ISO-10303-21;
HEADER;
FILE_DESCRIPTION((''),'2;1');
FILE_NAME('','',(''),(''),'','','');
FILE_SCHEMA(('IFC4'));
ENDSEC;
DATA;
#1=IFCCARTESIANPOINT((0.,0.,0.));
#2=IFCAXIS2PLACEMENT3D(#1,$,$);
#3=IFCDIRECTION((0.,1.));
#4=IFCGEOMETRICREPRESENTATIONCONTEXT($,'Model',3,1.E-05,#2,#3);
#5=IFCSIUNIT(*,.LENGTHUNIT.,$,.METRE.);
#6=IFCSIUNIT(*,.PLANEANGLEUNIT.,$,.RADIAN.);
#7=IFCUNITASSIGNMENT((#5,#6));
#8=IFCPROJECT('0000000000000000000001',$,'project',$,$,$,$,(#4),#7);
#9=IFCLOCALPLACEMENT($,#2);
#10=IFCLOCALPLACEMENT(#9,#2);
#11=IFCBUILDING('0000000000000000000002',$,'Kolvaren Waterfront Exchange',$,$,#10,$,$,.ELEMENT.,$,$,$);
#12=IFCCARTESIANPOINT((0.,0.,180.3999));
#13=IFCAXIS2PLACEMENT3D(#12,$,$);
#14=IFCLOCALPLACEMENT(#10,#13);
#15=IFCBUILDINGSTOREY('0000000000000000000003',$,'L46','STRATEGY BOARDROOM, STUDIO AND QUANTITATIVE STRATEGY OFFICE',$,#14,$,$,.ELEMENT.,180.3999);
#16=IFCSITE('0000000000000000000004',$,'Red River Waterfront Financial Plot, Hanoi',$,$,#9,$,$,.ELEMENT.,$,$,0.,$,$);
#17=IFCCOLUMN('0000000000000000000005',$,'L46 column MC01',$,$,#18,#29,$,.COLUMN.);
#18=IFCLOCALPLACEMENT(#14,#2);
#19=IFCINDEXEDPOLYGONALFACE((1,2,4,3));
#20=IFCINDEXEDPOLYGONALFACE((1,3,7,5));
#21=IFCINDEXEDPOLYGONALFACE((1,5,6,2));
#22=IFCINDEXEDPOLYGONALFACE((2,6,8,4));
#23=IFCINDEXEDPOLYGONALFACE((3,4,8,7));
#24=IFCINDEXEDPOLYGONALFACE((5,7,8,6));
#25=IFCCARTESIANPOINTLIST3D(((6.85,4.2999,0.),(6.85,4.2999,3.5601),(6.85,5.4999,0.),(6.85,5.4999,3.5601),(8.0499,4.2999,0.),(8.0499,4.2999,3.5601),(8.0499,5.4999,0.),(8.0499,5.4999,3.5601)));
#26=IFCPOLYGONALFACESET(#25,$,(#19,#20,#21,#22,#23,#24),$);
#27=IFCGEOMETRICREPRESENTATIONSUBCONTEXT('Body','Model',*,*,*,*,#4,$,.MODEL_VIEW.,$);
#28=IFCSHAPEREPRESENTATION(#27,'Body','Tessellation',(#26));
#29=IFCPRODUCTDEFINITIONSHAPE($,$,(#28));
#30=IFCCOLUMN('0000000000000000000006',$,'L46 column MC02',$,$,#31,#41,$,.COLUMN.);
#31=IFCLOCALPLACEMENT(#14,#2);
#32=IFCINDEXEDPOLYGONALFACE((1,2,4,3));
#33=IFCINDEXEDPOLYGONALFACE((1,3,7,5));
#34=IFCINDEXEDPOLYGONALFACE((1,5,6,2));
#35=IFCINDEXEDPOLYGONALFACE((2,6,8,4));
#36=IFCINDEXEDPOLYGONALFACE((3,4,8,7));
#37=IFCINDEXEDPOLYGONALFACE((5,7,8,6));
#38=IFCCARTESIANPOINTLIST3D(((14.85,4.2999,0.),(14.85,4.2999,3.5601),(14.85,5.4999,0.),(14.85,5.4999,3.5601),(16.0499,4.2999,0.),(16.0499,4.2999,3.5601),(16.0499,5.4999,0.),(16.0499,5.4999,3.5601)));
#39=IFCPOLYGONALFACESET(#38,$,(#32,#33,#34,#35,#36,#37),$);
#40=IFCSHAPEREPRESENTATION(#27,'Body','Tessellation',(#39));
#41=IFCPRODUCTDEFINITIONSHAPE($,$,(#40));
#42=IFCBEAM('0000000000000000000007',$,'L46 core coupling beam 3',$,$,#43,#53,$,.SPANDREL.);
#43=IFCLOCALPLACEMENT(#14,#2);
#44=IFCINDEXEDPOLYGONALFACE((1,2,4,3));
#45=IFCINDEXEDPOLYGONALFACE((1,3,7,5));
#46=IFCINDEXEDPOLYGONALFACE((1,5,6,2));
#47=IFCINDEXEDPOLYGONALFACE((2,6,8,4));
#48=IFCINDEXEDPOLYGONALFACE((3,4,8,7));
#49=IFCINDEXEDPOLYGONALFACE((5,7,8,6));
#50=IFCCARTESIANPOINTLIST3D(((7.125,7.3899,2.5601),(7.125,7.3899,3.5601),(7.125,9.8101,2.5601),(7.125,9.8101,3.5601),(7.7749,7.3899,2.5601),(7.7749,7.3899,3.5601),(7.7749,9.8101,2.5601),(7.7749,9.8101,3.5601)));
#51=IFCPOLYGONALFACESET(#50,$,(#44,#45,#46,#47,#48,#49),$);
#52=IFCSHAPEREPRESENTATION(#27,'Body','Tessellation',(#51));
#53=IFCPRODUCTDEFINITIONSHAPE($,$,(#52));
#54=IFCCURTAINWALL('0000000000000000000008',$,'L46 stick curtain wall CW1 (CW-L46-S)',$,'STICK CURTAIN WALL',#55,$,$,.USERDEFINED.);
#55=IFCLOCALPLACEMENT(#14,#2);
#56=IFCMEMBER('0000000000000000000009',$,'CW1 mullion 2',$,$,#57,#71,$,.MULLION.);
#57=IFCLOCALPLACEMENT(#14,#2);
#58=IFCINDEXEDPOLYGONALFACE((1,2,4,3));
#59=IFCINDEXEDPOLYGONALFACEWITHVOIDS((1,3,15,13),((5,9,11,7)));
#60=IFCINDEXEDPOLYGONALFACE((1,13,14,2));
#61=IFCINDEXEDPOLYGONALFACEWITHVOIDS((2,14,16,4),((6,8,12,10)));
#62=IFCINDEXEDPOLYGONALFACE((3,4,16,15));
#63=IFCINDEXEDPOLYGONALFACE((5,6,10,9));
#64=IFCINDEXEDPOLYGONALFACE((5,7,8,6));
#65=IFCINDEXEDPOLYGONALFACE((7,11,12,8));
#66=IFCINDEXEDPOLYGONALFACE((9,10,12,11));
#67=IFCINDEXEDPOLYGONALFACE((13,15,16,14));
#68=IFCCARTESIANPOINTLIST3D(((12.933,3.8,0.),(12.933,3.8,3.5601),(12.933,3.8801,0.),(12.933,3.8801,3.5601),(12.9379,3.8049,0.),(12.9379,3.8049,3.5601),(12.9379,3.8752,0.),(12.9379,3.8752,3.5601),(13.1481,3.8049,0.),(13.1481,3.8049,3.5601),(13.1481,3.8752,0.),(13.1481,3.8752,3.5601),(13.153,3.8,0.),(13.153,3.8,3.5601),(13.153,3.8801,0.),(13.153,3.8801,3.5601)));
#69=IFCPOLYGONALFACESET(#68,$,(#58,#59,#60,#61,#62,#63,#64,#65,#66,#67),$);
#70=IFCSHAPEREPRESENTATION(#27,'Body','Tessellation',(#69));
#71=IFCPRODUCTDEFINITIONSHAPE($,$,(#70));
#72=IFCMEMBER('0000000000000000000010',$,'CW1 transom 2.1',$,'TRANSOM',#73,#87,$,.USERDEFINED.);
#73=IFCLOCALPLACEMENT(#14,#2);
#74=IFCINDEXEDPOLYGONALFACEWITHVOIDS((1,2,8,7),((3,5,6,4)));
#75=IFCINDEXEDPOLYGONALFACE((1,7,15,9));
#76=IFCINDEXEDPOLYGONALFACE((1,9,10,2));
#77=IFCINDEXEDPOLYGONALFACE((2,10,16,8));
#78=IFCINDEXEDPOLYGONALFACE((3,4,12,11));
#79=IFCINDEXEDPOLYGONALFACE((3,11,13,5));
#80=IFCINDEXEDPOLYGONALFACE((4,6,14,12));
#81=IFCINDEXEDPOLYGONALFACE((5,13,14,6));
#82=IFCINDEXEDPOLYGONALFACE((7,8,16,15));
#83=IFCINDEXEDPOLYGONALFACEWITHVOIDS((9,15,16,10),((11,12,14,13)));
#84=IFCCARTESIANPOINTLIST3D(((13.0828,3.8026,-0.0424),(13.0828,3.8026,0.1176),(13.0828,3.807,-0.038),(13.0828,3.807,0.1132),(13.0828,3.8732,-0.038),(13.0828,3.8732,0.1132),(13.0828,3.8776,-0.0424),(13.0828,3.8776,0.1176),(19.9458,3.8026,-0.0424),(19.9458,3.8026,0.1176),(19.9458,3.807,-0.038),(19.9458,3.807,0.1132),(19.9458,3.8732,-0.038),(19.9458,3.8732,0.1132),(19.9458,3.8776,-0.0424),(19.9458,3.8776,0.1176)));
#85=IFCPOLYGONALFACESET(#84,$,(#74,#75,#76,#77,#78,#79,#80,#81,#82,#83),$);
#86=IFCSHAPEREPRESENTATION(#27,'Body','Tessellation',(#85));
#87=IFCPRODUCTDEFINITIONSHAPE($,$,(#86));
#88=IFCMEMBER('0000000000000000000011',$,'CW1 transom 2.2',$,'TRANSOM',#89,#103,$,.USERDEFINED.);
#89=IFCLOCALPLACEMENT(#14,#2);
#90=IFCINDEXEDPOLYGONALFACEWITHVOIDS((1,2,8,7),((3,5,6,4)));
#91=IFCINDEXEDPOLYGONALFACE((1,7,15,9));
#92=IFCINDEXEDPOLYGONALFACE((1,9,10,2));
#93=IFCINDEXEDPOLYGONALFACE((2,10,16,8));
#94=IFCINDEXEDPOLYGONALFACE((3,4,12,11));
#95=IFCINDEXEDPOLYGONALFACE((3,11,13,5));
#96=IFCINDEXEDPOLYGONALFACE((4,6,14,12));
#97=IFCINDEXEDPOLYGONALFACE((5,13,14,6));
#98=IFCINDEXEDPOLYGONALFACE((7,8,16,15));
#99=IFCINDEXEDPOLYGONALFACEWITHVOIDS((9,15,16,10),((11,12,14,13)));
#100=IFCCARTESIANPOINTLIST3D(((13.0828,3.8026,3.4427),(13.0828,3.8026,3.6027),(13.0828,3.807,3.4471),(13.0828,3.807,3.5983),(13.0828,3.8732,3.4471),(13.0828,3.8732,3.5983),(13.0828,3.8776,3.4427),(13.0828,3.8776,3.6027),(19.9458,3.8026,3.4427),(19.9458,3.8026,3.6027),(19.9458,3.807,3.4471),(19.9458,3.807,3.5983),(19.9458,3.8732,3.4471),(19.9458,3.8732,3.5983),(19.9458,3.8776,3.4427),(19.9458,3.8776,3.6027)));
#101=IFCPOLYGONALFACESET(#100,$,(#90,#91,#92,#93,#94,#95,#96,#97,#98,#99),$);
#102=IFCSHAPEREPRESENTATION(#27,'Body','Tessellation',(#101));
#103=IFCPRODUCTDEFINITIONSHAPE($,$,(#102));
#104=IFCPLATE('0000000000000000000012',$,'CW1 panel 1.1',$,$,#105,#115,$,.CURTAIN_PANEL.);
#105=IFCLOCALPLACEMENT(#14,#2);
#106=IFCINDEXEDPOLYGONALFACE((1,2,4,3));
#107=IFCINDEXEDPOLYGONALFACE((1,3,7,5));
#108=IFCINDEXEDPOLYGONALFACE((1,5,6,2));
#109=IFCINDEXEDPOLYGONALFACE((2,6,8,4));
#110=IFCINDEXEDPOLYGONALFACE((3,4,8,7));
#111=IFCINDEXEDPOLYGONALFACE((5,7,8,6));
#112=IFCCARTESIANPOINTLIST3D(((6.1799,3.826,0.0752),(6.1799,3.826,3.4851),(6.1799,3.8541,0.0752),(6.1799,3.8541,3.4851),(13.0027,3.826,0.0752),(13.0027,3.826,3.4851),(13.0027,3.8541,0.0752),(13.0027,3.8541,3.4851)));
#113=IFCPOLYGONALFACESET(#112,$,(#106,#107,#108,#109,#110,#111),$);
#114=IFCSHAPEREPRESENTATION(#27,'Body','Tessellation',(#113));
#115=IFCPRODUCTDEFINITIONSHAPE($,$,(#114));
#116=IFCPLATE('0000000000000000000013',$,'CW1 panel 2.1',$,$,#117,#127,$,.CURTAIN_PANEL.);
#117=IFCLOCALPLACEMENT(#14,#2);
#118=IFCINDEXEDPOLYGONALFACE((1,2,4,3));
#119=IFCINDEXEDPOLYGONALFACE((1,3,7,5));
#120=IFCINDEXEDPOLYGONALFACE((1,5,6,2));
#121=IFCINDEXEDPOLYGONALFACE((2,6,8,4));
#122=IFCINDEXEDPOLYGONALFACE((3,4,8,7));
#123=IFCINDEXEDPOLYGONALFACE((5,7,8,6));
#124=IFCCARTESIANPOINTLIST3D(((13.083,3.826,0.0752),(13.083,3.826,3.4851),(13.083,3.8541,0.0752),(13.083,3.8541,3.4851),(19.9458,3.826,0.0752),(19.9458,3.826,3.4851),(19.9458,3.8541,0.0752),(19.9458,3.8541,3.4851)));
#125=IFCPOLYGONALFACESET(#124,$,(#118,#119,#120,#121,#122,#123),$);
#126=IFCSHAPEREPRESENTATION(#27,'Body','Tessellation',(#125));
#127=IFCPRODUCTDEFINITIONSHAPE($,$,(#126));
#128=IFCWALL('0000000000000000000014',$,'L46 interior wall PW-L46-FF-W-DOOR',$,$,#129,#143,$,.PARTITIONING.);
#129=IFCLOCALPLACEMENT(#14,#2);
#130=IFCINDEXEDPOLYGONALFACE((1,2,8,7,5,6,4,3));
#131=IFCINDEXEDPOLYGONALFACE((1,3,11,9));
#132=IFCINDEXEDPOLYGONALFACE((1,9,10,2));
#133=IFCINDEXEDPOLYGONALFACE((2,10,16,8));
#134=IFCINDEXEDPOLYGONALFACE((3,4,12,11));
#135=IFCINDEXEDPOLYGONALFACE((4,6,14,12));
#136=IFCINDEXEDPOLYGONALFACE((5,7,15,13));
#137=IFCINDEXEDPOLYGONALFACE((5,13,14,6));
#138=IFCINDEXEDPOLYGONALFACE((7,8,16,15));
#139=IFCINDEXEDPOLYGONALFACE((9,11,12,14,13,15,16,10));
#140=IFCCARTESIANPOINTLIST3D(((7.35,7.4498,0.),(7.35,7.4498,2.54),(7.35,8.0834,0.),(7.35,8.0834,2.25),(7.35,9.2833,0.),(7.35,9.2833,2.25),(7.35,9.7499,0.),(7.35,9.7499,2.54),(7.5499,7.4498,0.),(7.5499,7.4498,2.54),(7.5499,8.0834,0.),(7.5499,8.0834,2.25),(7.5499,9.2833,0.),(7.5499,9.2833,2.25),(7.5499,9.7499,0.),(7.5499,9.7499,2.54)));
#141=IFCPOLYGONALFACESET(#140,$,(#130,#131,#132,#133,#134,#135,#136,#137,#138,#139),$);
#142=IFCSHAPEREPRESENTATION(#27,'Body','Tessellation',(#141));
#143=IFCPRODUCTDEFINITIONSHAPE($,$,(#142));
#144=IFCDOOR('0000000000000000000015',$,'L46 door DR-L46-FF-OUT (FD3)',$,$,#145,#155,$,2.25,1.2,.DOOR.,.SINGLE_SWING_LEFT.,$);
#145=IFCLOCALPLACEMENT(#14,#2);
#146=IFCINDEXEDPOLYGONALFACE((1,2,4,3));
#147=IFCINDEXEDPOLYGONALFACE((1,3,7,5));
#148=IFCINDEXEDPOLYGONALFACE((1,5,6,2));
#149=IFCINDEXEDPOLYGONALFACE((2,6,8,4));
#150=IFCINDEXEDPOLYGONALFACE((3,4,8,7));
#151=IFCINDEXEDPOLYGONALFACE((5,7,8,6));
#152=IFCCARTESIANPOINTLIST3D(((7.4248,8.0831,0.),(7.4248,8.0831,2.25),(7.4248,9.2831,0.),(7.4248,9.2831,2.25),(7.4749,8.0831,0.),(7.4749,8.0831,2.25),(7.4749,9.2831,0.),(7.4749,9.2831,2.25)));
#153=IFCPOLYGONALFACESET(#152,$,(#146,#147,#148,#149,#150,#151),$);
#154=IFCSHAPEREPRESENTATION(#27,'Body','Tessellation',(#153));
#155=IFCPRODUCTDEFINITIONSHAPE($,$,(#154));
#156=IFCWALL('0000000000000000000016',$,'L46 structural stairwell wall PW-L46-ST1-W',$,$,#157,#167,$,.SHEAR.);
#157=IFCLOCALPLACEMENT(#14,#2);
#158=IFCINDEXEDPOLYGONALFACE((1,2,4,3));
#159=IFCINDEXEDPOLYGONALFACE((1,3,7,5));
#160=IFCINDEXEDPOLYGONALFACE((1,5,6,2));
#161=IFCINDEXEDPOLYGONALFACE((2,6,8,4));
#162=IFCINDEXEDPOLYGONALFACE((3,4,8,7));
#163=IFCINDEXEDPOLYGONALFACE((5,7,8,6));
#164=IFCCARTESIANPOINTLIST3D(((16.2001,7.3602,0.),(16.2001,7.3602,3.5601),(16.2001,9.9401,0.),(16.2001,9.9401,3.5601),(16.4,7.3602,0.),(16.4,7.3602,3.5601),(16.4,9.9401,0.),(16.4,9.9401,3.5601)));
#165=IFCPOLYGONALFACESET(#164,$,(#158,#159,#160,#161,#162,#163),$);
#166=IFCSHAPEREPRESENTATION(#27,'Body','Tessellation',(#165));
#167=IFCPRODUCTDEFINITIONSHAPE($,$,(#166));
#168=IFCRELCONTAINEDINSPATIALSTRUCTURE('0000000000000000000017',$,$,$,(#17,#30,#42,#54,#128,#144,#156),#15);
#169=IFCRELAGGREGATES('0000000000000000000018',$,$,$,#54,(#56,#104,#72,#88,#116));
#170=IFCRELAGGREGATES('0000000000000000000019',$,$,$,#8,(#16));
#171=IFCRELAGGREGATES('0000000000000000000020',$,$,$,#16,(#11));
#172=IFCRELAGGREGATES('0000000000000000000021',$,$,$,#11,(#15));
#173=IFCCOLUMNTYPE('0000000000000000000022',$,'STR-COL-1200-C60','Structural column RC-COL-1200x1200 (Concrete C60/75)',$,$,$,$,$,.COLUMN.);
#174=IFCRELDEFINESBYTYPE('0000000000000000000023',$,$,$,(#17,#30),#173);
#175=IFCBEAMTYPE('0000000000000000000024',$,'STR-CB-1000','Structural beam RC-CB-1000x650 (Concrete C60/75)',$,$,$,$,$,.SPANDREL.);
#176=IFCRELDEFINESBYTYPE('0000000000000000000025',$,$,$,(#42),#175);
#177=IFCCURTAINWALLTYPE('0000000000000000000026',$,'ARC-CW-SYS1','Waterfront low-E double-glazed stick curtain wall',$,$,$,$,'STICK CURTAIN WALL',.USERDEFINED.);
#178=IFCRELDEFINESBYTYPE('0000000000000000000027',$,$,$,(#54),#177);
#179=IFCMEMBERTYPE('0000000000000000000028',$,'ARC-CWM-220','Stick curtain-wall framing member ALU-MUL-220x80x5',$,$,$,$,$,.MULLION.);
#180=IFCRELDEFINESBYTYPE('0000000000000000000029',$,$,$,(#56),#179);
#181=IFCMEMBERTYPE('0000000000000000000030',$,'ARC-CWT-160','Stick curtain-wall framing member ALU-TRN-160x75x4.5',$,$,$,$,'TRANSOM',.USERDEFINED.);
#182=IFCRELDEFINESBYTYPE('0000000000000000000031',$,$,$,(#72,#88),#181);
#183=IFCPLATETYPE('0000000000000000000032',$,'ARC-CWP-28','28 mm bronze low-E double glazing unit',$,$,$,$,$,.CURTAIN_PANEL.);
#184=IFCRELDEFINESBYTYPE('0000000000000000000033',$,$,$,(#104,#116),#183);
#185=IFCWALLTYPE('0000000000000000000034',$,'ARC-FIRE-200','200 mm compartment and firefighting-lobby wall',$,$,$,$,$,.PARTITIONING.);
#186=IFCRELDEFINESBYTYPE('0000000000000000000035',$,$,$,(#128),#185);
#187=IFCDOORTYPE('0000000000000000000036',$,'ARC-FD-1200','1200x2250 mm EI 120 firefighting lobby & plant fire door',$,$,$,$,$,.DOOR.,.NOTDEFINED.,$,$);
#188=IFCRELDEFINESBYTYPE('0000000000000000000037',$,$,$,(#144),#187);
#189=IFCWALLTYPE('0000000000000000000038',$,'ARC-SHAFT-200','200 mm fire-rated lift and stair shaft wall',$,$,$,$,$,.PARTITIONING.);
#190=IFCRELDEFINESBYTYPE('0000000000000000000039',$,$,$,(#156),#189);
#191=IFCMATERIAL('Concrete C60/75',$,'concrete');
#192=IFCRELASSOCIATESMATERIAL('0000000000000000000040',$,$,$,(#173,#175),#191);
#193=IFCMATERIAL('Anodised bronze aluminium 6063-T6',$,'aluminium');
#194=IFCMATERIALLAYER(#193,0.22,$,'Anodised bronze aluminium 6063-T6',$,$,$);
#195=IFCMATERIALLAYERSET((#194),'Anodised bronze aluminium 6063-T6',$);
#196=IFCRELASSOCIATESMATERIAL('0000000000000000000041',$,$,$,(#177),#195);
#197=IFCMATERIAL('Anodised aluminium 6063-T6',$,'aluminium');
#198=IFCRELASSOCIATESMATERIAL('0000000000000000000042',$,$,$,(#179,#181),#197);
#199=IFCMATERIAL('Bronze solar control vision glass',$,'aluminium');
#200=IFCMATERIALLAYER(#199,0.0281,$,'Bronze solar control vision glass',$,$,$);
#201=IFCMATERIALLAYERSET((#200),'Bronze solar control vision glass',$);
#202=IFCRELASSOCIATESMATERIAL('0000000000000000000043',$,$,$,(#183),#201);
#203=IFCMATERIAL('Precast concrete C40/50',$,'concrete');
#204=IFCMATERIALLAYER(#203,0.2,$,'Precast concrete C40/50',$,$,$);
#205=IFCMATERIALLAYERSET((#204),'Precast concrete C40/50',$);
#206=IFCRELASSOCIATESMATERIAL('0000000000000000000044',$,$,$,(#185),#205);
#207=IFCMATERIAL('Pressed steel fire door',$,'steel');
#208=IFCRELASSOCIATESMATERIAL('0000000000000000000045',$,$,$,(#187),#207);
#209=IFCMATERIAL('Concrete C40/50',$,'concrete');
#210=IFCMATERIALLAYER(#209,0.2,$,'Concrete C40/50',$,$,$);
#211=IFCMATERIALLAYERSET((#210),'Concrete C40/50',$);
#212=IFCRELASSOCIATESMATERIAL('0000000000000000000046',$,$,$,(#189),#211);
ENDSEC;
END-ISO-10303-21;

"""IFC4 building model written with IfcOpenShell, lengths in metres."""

from ifc_helpers import new_model, si_unit, direction, frame, frame_2d, origin, origin_with_axes, origin_2d, place, context, subcontext, project, spatial, rectangle, hollow_rectangle, extrude, source, transform, mapped, material, layer, layer_set, material_profile, profile_set, type_object, element, fill, aggregate, save


model = new_model("IFC4")

# Units and contexts
model_context = context("Model", 3, precision=1e-05, world=origin(), true_north=direction((0.0, 1.0)))
body_context = subcontext(model_context, "Body", "Model", "MODEL_VIEW")
ifc_project = project(units=[si_unit("LENGTHUNIT", "METRE"), si_unit("PLANEANGLEUNIT", "RADIAN")], contexts=[model_context])

# Site, building, storey
site_placement = place(None, origin())
site = spatial("IfcSite", under=ifc_project, at=site_placement, Name="Red River Waterfront Financial Plot, Hanoi", CompositionType="ELEMENT", RefElevation=0.0)
building_placement = place(site_placement, origin())
building = spatial("IfcBuilding", under=site, at=building_placement, Name="Kolvaren Waterfront Exchange", CompositionType="ELEMENT")
storey_placement = place(building_placement, frame((0.0, 0.0, 180.3999)))
storey = spatial("IfcBuildingStorey", under=building, at=storey_placement, Name="L46", Description="STRATEGY BOARDROOM, STUDIO AND QUANTITATIVE STRATEGY OFFICE", CompositionType="ELEMENT", Elevation=180.3999)

# Columns
ifc_material_1 = material(Name="Concrete C60/75", Category="concrete")
ifc_material_profile_1 = material_profile(ifc_material_1, rectangle(XDim=1.2, YDim=1.2, at=origin_2d()), Name="RC-COL-1200x1200")
ifc_profile_set_1 = profile_set([ifc_material_profile_1], Name="Concrete C60/75")
column_type = type_object("IfcColumnType", Name="STR-COL-1200-C60", Description="Structural column RC-COL-1200x1200 (Concrete C60/75)", PredefinedType="COLUMN", material=ifc_profile_set_1)
for number, where, z_axis, x_axis, name in (
    (1, (7.45, 4.8999, 0.0), (0.0, 0.0, 1.0), (1.0, 0.0, 0.0), "L46 column MC01"),
    (2, (15.45, 4.8999, 0.0), (0.0, 0.0, 1.0), (1.0, 0.0, 0.0), "L46 column MC02"),
):
    element("IfcColumn", number, at=place(storey_placement, frame(where, z_axis=z_axis, x_axis=x_axis)), inside=storey, type_object=column_type, Name=name, PredefinedType="COLUMN", context=body_context, shape_type="SweptSolid", body=[
        extrude(rectangle(XDim=1.2, YDim=1.2, at=origin_2d()), origin(), (0.0, 0.0, 1.0), 3.5601),
    ])

# Beam
ifc_material_profile_2 = material_profile(ifc_material_1, rectangle(XDim=0.6499, YDim=1.0, at=origin_2d()), Name="RC-CB-1000x650")
ifc_profile_set_2 = profile_set([ifc_material_profile_2], Name="Concrete C60/75")
beam_type = type_object("IfcBeamType", Name="STR-CB-1000", Description="Structural beam RC-CB-1000x650 (Concrete C60/75)", PredefinedType="SPANDREL", material=ifc_profile_set_2)
beam_placement = place(storey_placement, frame((7.45, 7.3899, 3.0601), z_axis=(0.0, 1.0, 0.0), x_axis=(-1.0, 0.0, 0.0)))
element("IfcBeam", 3, at=beam_placement, inside=storey, type_object=beam_type, Name="L46 core coupling beam 3", PredefinedType="SPANDREL", context=body_context, shape_type="SweptSolid", body=[
    extrude(rectangle(XDim=0.6499, YDim=1.0, at=origin_2d()), origin(), (0.0, 0.0, 1.0), 2.4202),
])

# Curtain wall, members, plates
ifc_material_2 = material(Name="Anodised bronze aluminium 6063-T6", Category="aluminium")
ifc_layer_1 = layer(ifc_material_2, 0.22, Name="Anodised bronze aluminium 6063-T6")
ifc_layer_set_1 = layer_set([ifc_layer_1], Name="Anodised bronze aluminium 6063-T6")
curtain_wall_type = type_object("IfcCurtainWallType", Name="ARC-CW-SYS1", Description="Waterfront low-E double-glazed stick curtain wall", ElementType="STICK CURTAIN WALL", PredefinedType="USERDEFINED", material=ifc_layer_set_1)
curtain_wall_placement = place(storey_placement, origin())
curtain_wall = element("IfcCurtainWall", 4, at=curtain_wall_placement, inside=storey, type_object=curtain_wall_type, Name="L46 stick curtain wall CW1 (CW-L46-S)", ObjectType="STICK CURTAIN WALL", PredefinedType="USERDEFINED")
ifc_material_3 = material(Name="Anodised aluminium 6063-T6", Category="aluminium")
ifc_material_profile_3 = material_profile(ifc_material_3, hollow_rectangle(XDim=0.0801, YDim=0.22, WallThickness=0.0049, at=origin_2d()), Name="ALU-MUL-220x80x5")
ifc_profile_set_3 = profile_set([ifc_material_profile_3], Name="Anodised aluminium 6063-T6")
member_type_1 = type_object("IfcMemberType", Name="ARC-CWM-220", Description="Stick curtain-wall framing member ALU-MUL-220x80x5", PredefinedType="MULLION", material=ifc_profile_set_3)
shared_shape_1 = source(origin_with_axes(), body_context, "Body", "SweptSolid", [
    extrude(hollow_rectangle(XDim=0.0801, YDim=0.22, WallThickness=0.0049, at=origin_2d()), origin(), (0.0, 0.0, 1.0), 3.5601),
])
member_1_placement = place(storey_placement, frame((13.043, 3.8401, 0.0), z_axis=(0.0, 0.0, 1.0), x_axis=(0.0, 1.0, 0.0)))
member_1 = element("IfcMember", 5, at=member_1_placement, type_object=member_type_1, Name="CW1 mullion 2", PredefinedType="MULLION", context=body_context, shape_type="MappedRepresentation", body=[
    mapped(shared_shape_1, transform((0.0, 0.0, 0.0), x_axis=(1.0, 0.0, 0.0), y_axis=(0.0, 1.0, 0.0), z_axis=(0.0, 0.0, 1.0), scale=1.0)),
])
ifc_material_profile_4 = material_profile(ifc_material_3, hollow_rectangle(XDim=0.075, YDim=0.1599, WallThickness=0.0044, at=origin_2d()), Name="ALU-TRN-160x75x4.5")
ifc_profile_set_4 = profile_set([ifc_material_profile_4], Name="Anodised aluminium 6063-T6")
member_type_2 = type_object("IfcMemberType", Name="ARC-CWT-160", Description="Stick curtain-wall framing member ALU-TRN-160x75x4.5", ElementType="TRANSOM", PredefinedType="USERDEFINED", material=ifc_profile_set_4)
shared_shape_2 = source(origin_with_axes(), body_context, "Body", "SweptSolid", [
    extrude(hollow_rectangle(XDim=0.075, YDim=0.1599, WallThickness=0.0044, at=origin_2d()), origin(), (0.0, 0.0, 1.0), 6.863),
])
member_2_placement = place(storey_placement, frame((13.0828, 3.8401, 0.0376), z_axis=(1.0, 0.0, 0.0), x_axis=(0.0, 1.0, 0.0)))
member_2 = element("IfcMember", 6, at=member_2_placement, type_object=member_type_2, Name="CW1 transom 2.1", ObjectType="TRANSOM", PredefinedType="USERDEFINED", context=body_context, shape_type="MappedRepresentation", body=[
    mapped(shared_shape_2, transform((0.0, 0.0, 0.0), x_axis=(1.0, 0.0, 0.0), y_axis=(0.0, 1.0, 0.0), z_axis=(0.0, 0.0, 1.0), scale=1.0)),
])
member_3_placement = place(storey_placement, frame((13.0828, 3.8401, 3.5227), z_axis=(1.0, 0.0, 0.0), x_axis=(0.0, 1.0, 0.0)))
member_3 = element("IfcMember", 7, at=member_3_placement, type_object=member_type_2, Name="CW1 transom 2.2", ObjectType="TRANSOM", PredefinedType="USERDEFINED", context=body_context, shape_type="MappedRepresentation", body=[
    mapped(shared_shape_2, transform((0.0, 0.0, 0.0), x_axis=(1.0, 0.0, 0.0), y_axis=(0.0, 1.0, 0.0), z_axis=(0.0, 0.0, 1.0), scale=1.0)),
])
ifc_material_4 = material(Name="Bronze solar control vision glass", Category="aluminium")
ifc_layer_2 = layer(ifc_material_4, 0.0281, Name="Bronze solar control vision glass")
ifc_layer_set_2 = layer_set([ifc_layer_2], Name="Bronze solar control vision glass")
plate_type = type_object("IfcPlateType", Name="ARC-CWP-28", Description="28 mm bronze low-E double glazing unit", PredefinedType="CURTAIN_PANEL", material=ifc_layer_set_2)
shared_shape_3 = source(origin_with_axes(), body_context, "Body", "SweptSolid", [
    extrude(rectangle(XDim=6.8228, YDim=0.0281, at=origin_2d()), origin(), (0.0, 0.0, 1.0), 3.4099),
])
plate_1_placement = place(storey_placement, frame((9.5913, 3.8401, 0.0752), z_axis=(0.0, 0.0, 1.0), x_axis=(1.0, 0.0, 0.0)))
plate_1 = element("IfcPlate", 8, at=plate_1_placement, type_object=plate_type, Name="CW1 panel 1.1", PredefinedType="CURTAIN_PANEL", context=body_context, shape_type="MappedRepresentation", body=[
    mapped(shared_shape_3, transform((0.0, 0.0, 0.0), x_axis=(1.0, 0.0, 0.0), y_axis=(0.0, 1.0, 0.0), z_axis=(0.0, 0.0, 1.0), scale=1.0)),
])
shared_shape_4 = source(origin_with_axes(), body_context, "Body", "SweptSolid", [
    extrude(rectangle(XDim=6.8628, YDim=0.0281, at=origin_2d()), origin(), (0.0, 0.0, 1.0), 3.4099),
])
plate_2_placement = place(storey_placement, frame((16.5144, 3.8401, 0.0752), z_axis=(0.0, 0.0, 1.0), x_axis=(1.0, 0.0, 0.0)))
plate_2 = element("IfcPlate", 9, at=plate_2_placement, type_object=plate_type, Name="CW1 panel 2.1", PredefinedType="CURTAIN_PANEL", context=body_context, shape_type="MappedRepresentation", body=[
    mapped(shared_shape_4, transform((0.0, 0.0, 0.0), x_axis=(1.0, 0.0, 0.0), y_axis=(0.0, 1.0, 0.0), z_axis=(0.0, 0.0, 1.0), scale=1.0)),
])
aggregate(curtain_wall, [member_1, plate_1, member_2, member_3, plate_2])

# Wall, opening, door
ifc_material_5 = material(Name="Precast concrete C40/50", Category="concrete")
ifc_layer_3 = layer(ifc_material_5, 0.2, Name="Precast concrete C40/50")
ifc_layer_set_3 = layer_set([ifc_layer_3], Name="Precast concrete C40/50")
wall_type_1 = type_object("IfcWallType", Name="ARC-FIRE-200", Description="200 mm compartment and firefighting-lobby wall", PredefinedType="PARTITIONING", material=ifc_layer_set_3)
wall_1_placement = place(storey_placement, frame((7.45, 7.45, 0.0), z_axis=(0.0, 0.0, 1.0), x_axis=(0.0, 1.0, 0.0)))
wall_1 = element("IfcWall", 10, at=wall_1_placement, inside=storey, type_object=wall_type_1, Name="L46 interior wall PW-L46-FF-W-DOOR", PredefinedType="PARTITIONING", context=body_context, shape_type="SweptSolid", body=[
    extrude(rectangle(XDim=2.3, YDim=0.2, at=frame_2d((1.1499, 0.0))), origin(), (0.0, 0.0, 1.0), 2.54),
])
opening_1_placement = place(wall_1_placement, frame((0.6333, 0.0, 0.0)))
opening_1 = element("IfcOpeningElement", 11, at=opening_1_placement, cuts=wall_1, PredefinedType="OPENING", context=body_context, shape_type="SweptSolid", body=[
    extrude(rectangle(XDim=1.2, YDim=2.25, at=frame_2d((0.6001, 1.125))), frame((0.0, 0.1099, 0.0), z_axis=(0.0, -1.0, 0.0), x_axis=(1.0, 0.0, 0.0)), (0.0, 0.0, 1.0), 0.22),
])
ifc_material_6 = material(Name="Pressed steel fire door", Category="steel")
door_type_1 = type_object("IfcDoorType", Name="ARC-FD-1200", Description="1200x2250 mm EI 120 firefighting lobby & plant fire door", OperationType="NOTDEFINED", PredefinedType="DOOR", material=ifc_material_6)
door_1_placement = place(opening_1_placement, frame((1.2, 0.0, 0.0), z_axis=(0.0, 0.0, 1.0), x_axis=(-1.0, 0.0, 0.0)))
door_1 = element("IfcDoor", 12, at=door_1_placement, inside=storey, type_object=door_type_1, Name="L46 door DR-L46-FF-OUT (FD3)", OperationType="SINGLE_SWING_LEFT", OverallHeight=2.25, OverallWidth=1.2, PredefinedType="DOOR", context=body_context, shape_type="SweptSolid", body=[
    extrude(rectangle(XDim=1.2, YDim=2.25, at=frame_2d((0.6001, 1.125))), frame((0.0, 0.0249, 0.0), z_axis=(0.0, -1.0, 0.0), x_axis=(1.0, 0.0, 0.0)), (0.0, 0.0, 1.0), 0.05),
])
fill(opening_1, door_1)

# Wall
ifc_material_7 = material(Name="Concrete C40/50", Category="concrete")
ifc_layer_4 = layer(ifc_material_7, 0.2, Name="Concrete C40/50")
ifc_layer_set_4 = layer_set([ifc_layer_4], Name="Concrete C40/50")
wall_type_2 = type_object("IfcWallType", Name="ARC-SHAFT-200", Description="200 mm fire-rated lift and stair shaft wall", PredefinedType="PARTITIONING", material=ifc_layer_set_4)
wall_2_placement = place(storey_placement, frame((16.3, 7.3601, 0.0), z_axis=(0.0, 0.0, 1.0), x_axis=(0.0, 1.0, 0.0)))
element("IfcWall", 13, at=wall_2_placement, inside=storey, type_object=wall_type_2, Name="L46 structural stairwell wall PW-L46-ST1-W", PredefinedType="SHEAR", context=body_context, shape_type="SweptSolid", body=[
    extrude(rectangle(XDim=2.5798, YDim=0.2, at=frame_2d((1.29, 0.0))), origin(), (0.0, 0.0, 1.0), 3.5601),
])

save(model, "model.ifc")
